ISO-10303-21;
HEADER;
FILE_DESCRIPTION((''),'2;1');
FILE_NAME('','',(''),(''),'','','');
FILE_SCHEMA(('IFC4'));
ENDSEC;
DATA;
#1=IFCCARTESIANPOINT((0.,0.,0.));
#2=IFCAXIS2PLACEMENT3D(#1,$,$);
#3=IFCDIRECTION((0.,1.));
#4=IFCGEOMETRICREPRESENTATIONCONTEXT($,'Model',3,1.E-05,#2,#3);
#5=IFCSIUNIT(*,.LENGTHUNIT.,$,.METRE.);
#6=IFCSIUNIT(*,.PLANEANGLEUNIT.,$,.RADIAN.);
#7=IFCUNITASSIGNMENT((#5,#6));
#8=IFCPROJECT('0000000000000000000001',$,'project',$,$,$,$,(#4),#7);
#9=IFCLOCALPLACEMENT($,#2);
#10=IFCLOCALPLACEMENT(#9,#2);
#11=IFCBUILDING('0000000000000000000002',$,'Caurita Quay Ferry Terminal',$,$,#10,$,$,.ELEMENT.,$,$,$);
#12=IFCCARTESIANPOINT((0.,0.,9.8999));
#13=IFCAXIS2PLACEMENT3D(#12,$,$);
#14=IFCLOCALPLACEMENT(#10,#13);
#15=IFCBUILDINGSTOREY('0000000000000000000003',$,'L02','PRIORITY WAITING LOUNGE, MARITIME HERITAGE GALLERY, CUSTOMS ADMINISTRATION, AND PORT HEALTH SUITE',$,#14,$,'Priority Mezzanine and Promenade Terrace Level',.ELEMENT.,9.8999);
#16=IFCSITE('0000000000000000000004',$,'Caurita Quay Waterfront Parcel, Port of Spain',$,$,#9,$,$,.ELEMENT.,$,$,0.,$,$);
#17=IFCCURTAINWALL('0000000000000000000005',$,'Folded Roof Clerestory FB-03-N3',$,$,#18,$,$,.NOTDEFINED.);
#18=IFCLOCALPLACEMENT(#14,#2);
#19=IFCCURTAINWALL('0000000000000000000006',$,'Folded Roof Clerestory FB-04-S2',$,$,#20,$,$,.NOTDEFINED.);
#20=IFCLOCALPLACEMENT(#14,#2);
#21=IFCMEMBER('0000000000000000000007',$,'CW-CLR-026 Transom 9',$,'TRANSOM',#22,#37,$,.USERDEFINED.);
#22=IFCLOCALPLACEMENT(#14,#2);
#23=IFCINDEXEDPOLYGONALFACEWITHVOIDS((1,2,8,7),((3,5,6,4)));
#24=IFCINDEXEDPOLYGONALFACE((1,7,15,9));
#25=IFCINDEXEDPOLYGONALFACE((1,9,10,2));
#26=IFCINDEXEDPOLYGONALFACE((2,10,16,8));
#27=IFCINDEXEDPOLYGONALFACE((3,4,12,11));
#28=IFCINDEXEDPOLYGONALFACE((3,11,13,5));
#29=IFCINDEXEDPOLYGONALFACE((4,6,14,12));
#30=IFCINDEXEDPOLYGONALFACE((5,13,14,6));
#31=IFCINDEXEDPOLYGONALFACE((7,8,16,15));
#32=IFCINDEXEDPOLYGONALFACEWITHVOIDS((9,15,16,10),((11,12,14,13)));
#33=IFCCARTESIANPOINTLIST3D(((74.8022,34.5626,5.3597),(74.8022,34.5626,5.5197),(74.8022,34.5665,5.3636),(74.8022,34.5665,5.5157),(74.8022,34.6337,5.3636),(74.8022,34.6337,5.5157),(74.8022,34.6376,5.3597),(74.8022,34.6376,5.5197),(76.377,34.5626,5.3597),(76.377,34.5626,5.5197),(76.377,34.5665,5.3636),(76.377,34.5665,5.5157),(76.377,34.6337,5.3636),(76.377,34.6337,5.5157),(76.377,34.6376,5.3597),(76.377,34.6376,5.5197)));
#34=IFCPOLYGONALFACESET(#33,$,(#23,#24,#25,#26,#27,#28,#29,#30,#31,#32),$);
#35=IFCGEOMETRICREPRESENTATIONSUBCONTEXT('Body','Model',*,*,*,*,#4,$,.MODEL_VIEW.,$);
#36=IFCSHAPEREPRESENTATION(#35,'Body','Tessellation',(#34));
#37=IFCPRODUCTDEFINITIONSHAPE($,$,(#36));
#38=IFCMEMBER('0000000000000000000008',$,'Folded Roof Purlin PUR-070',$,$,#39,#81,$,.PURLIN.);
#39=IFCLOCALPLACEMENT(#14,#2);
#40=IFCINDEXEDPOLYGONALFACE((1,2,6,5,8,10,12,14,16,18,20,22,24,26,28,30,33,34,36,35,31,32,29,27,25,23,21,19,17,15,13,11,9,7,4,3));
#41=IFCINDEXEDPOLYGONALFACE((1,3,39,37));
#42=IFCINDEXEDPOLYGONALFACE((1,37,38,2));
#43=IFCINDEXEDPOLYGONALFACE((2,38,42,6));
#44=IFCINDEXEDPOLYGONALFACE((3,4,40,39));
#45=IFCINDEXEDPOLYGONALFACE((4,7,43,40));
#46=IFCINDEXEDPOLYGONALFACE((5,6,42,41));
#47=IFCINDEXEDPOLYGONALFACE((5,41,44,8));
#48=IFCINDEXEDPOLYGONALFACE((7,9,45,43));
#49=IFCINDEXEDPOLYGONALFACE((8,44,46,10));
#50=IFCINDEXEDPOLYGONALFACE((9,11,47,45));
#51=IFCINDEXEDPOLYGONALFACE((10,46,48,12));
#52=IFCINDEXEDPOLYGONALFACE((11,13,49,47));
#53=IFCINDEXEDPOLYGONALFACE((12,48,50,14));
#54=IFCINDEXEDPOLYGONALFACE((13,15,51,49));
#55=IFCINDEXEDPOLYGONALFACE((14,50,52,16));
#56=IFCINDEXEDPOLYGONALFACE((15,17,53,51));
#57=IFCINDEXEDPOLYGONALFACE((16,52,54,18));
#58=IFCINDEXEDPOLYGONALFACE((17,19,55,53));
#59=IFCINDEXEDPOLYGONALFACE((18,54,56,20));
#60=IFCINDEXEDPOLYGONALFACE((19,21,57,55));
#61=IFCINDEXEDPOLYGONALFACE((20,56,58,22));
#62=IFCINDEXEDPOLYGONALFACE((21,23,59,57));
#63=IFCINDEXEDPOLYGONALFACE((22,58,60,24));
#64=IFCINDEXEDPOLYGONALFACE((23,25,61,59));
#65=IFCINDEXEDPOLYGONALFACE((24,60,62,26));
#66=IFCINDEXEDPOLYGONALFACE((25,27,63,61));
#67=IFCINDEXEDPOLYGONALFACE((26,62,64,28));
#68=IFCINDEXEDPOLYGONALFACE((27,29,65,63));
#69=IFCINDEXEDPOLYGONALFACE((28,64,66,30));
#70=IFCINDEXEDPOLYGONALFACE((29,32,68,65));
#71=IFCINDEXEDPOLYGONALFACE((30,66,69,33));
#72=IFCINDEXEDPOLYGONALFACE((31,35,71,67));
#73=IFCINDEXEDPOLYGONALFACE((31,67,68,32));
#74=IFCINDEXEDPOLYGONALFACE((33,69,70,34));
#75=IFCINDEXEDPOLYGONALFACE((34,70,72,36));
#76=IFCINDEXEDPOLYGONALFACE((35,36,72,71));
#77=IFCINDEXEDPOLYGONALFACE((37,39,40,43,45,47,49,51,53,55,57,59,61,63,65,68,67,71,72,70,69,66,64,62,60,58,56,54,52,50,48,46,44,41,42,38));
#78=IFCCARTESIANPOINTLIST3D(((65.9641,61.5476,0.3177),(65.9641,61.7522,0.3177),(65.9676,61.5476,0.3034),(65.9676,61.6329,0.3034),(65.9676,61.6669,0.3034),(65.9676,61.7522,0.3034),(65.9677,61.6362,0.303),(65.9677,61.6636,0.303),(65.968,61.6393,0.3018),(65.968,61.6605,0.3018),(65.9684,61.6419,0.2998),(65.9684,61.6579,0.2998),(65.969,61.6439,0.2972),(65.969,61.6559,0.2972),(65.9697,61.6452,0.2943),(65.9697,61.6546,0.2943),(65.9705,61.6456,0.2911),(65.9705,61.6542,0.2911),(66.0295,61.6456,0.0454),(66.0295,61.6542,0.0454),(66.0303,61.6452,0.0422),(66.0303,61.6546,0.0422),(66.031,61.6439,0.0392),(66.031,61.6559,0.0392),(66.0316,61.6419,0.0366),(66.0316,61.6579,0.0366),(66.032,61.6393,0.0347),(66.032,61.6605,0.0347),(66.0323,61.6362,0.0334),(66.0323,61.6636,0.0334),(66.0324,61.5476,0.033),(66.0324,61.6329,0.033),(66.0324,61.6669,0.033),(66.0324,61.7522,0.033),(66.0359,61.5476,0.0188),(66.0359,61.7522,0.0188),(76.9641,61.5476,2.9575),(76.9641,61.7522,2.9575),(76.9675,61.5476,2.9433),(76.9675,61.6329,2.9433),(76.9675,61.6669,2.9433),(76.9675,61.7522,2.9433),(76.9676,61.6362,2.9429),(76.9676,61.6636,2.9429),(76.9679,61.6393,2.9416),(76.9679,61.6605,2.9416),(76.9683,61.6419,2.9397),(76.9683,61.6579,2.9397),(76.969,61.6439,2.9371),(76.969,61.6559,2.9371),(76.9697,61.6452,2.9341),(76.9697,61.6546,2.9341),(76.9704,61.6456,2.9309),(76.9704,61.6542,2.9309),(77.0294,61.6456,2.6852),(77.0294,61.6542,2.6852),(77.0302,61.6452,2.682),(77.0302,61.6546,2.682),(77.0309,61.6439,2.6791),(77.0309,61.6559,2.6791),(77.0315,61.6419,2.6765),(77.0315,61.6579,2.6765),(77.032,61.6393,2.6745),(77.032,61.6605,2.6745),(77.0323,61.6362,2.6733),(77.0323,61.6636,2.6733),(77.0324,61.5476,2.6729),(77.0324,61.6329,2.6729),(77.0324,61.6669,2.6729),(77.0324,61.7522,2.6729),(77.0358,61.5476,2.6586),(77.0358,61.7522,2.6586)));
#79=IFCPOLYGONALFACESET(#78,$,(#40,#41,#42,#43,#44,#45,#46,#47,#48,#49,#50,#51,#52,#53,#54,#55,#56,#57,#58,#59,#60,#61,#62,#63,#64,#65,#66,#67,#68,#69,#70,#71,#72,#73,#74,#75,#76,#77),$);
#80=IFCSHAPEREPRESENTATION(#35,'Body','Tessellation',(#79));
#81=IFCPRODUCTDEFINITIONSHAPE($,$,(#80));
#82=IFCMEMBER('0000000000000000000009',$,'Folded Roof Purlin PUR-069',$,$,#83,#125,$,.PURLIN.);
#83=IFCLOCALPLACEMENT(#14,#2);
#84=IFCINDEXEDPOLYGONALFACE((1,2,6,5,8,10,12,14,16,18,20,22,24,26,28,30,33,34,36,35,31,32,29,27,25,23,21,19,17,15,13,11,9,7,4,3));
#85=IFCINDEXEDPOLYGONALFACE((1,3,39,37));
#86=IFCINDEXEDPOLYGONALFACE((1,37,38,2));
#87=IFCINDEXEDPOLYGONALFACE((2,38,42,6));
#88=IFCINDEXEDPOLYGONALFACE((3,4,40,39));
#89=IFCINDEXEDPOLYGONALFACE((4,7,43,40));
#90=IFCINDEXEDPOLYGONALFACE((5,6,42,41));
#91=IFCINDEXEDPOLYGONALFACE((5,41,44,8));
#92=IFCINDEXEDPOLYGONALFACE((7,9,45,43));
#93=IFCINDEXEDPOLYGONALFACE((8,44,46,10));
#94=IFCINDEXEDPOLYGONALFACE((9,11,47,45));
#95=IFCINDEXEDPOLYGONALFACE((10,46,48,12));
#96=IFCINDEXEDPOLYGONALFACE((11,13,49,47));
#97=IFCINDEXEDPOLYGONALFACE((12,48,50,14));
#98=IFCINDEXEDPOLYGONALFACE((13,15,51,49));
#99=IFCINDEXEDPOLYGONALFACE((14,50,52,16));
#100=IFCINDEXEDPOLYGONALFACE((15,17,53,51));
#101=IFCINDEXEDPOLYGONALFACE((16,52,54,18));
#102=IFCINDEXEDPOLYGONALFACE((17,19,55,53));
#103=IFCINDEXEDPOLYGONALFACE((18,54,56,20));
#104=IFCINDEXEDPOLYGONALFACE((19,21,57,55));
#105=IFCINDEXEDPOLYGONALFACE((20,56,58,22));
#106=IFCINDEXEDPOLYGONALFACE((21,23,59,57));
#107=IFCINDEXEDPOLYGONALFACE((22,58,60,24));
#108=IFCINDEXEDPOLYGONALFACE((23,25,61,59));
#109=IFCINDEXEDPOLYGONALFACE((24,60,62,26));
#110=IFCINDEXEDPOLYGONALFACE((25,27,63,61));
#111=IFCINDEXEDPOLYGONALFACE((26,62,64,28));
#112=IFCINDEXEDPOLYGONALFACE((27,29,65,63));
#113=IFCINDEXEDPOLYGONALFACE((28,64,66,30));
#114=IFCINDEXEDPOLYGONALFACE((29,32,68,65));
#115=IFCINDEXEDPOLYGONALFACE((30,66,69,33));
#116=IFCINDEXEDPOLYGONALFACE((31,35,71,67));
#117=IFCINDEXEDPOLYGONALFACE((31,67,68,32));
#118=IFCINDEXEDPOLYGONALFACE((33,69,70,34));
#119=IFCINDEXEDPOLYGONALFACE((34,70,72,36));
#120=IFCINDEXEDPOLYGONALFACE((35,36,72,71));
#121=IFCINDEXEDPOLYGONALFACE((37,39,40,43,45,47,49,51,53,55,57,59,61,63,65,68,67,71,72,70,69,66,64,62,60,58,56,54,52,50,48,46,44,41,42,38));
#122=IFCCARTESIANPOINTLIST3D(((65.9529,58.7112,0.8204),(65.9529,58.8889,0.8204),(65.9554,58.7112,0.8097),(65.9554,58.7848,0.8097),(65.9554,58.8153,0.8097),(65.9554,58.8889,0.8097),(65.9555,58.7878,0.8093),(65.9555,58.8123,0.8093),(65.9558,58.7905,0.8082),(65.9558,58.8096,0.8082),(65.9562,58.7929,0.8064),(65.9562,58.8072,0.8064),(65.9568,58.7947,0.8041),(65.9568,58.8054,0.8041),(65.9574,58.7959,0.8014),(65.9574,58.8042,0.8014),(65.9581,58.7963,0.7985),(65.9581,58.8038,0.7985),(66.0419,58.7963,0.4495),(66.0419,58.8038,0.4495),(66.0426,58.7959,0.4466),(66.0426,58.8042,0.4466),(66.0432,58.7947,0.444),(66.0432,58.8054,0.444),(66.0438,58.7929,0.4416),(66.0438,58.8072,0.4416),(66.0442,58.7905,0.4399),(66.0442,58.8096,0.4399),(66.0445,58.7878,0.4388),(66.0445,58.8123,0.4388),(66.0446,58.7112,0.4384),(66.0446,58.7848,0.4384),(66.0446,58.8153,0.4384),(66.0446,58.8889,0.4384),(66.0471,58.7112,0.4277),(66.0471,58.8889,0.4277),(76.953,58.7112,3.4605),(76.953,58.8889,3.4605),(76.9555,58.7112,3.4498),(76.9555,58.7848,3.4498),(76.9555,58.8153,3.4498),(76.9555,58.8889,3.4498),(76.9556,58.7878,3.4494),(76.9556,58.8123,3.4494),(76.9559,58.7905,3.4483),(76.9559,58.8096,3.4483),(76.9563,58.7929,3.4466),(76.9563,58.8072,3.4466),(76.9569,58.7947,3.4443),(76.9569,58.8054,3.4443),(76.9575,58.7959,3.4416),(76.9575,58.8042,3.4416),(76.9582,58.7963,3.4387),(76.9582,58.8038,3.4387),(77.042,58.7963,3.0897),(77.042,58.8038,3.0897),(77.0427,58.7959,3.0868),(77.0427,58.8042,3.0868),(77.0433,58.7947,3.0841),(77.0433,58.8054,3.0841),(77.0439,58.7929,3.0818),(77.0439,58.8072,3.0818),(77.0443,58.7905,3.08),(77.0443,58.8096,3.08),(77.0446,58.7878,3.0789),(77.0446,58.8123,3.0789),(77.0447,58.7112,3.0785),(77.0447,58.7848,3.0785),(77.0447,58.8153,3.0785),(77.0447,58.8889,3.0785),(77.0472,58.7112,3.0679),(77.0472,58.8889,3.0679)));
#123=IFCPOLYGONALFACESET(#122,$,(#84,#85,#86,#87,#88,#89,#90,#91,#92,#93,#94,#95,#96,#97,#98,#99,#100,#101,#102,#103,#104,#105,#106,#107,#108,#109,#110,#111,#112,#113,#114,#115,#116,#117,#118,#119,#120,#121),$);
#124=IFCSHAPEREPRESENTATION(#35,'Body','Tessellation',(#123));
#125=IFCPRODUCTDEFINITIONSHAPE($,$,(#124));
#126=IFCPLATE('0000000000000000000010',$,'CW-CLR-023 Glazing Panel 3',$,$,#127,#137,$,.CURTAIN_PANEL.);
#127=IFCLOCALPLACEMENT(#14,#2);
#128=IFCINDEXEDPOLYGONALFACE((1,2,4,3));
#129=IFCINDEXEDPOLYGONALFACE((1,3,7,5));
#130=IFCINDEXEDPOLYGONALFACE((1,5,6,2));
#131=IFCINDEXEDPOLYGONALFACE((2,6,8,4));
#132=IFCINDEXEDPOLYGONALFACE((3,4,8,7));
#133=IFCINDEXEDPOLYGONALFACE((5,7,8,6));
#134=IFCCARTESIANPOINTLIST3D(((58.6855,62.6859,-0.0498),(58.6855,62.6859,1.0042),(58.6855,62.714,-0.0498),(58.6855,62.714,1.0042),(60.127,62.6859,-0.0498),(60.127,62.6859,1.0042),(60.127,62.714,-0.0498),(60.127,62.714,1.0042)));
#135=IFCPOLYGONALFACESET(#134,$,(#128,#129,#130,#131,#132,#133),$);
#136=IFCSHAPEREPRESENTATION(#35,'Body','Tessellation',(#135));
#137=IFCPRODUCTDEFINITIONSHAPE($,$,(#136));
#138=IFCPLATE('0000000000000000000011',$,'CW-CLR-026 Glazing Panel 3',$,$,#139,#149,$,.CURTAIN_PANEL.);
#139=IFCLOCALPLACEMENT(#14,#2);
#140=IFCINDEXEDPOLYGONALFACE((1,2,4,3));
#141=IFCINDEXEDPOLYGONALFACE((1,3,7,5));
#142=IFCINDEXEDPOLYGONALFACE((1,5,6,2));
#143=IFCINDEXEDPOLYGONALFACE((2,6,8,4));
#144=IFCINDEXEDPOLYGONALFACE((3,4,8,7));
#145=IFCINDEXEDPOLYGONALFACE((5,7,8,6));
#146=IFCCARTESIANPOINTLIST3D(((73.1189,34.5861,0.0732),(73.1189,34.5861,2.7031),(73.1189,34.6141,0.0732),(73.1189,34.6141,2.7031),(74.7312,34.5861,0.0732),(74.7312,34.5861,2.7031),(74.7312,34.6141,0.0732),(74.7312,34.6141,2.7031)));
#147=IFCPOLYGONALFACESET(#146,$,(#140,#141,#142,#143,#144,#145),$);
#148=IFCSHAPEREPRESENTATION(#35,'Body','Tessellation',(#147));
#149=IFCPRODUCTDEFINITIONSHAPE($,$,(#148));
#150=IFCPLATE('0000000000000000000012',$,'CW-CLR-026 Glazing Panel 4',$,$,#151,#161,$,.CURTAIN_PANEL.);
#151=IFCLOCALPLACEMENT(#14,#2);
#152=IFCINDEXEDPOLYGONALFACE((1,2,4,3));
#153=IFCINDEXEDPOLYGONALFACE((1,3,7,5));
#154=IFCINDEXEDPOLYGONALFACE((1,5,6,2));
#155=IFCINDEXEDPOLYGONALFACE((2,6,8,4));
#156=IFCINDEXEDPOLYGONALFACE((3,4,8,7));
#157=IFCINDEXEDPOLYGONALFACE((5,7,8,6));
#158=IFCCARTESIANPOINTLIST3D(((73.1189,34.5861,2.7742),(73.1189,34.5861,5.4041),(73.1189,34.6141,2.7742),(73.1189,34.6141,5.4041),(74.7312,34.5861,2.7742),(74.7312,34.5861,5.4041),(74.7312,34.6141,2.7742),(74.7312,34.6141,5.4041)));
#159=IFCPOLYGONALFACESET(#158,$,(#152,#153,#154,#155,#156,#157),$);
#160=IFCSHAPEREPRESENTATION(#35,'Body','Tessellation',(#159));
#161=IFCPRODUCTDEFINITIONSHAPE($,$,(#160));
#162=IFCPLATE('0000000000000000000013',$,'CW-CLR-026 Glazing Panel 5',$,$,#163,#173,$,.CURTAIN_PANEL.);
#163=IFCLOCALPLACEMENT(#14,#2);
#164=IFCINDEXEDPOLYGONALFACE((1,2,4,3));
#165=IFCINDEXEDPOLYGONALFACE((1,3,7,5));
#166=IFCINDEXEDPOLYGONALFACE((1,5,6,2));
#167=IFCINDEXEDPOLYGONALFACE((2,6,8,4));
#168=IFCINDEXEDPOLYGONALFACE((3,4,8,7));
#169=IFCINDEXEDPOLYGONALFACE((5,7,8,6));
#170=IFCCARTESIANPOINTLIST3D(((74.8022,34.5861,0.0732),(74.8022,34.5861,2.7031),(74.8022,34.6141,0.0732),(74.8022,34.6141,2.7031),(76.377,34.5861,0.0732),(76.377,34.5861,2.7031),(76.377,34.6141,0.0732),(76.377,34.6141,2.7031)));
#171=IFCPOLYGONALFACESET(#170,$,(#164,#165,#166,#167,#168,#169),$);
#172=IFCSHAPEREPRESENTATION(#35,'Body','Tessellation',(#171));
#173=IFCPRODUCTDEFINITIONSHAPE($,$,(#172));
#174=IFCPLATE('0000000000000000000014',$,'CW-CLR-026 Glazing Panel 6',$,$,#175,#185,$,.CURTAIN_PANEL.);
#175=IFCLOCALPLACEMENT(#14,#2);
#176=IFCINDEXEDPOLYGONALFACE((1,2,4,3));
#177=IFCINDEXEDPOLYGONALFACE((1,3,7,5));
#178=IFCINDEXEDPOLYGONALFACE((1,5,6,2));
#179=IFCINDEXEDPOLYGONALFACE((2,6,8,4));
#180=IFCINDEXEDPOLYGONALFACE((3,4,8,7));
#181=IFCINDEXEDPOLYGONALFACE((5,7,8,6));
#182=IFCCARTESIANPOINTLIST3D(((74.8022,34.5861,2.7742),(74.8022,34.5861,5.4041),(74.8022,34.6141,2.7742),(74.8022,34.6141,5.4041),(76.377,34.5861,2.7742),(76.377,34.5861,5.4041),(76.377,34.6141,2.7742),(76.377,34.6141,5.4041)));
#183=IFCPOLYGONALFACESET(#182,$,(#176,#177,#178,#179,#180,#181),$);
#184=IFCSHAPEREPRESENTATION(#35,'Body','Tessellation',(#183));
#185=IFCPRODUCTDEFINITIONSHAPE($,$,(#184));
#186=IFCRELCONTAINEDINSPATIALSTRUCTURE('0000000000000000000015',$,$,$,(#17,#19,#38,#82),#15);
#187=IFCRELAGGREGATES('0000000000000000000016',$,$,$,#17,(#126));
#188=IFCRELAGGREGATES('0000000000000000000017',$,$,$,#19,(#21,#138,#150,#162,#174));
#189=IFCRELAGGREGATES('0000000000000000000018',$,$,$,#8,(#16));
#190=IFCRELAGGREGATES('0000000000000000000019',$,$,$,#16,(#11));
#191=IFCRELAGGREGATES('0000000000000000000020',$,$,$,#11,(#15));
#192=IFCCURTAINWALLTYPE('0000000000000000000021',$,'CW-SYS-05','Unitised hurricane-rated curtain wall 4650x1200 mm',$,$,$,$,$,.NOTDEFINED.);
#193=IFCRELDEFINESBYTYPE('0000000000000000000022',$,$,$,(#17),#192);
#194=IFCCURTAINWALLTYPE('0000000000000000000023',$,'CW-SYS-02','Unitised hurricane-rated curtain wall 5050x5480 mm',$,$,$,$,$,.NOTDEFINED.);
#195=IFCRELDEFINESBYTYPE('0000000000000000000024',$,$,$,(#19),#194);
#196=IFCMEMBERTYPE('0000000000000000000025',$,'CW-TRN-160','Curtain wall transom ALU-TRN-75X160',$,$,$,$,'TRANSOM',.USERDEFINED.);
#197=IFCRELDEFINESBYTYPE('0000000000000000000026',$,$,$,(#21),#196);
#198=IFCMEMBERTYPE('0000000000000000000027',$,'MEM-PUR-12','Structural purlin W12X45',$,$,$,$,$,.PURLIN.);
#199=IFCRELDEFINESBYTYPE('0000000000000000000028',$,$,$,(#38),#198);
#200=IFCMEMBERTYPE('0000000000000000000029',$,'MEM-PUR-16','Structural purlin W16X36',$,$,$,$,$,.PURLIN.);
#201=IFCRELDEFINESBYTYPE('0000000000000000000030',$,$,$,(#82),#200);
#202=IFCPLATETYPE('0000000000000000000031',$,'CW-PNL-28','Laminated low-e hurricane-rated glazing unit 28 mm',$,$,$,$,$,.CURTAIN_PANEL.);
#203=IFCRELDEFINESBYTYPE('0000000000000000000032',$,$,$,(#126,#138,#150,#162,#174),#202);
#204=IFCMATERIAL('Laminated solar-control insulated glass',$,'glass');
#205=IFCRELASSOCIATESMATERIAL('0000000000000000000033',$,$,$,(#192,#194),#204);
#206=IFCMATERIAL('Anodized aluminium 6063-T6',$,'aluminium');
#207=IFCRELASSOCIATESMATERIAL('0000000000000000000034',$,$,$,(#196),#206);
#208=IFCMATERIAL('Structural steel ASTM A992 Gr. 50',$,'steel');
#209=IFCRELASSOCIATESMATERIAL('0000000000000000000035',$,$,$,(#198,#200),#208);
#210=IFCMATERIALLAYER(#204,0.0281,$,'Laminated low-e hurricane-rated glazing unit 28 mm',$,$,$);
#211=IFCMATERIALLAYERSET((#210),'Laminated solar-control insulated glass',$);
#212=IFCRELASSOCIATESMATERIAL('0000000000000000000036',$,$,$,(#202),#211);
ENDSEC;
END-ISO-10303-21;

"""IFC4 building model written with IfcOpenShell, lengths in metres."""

from ifc_helpers import new_model, si_unit, direction, frame, origin, origin_2d, place, context, subcontext, project, spatial, rectangle, hollow_rectangle, i_section, extrude, material, layer, layer_set, material_profile, profile_set, type_object, element, aggregate, save


model = new_model("IFC4")

# Units and contexts
model_context = context("Model", 3, precision=1e-05, world=origin(), true_north=direction((0.0, 1.0)))
body_context = subcontext(model_context, "Body", "Model", "MODEL_VIEW")
ifc_project = project(units=[si_unit("LENGTHUNIT", "METRE"), si_unit("PLANEANGLEUNIT", "RADIAN")], contexts=[model_context])

# Site, building, storey
site_placement = place(None, origin())
site = spatial("IfcSite", under=ifc_project, at=site_placement, Name="Caurita Quay Waterfront Parcel, Port of Spain", CompositionType="ELEMENT", RefElevation=0.0)
building_placement = place(site_placement, origin())
building = spatial("IfcBuilding", under=site, at=building_placement, Name="Caurita Quay Ferry Terminal", CompositionType="ELEMENT")
storey_placement = place(building_placement, frame((0.0, 0.0, 9.8999)))
storey = spatial("IfcBuildingStorey", under=building, at=storey_placement, Name="L02", Description="PRIORITY WAITING LOUNGE, MARITIME HERITAGE GALLERY, CUSTOMS ADMINISTRATION, AND PORT HEALTH SUITE", LongName="Priority Mezzanine and Promenade Terrace Level", CompositionType="ELEMENT", Elevation=9.8999)

# Curtain wall
ifc_material_1 = material(Name="Laminated solar-control insulated glass", Category="glass")
curtain_wall_type_1 = type_object("IfcCurtainWallType", Name="CW-SYS-05", Description="Unitised hurricane-rated curtain wall 4650x1200 mm", PredefinedType="NOTDEFINED", material=ifc_material_1)
curtain_wall_1_placement = place(storey_placement, origin())
curtain_wall_1 = element("IfcCurtainWall", 1, at=curtain_wall_1_placement, inside=storey, type_object=curtain_wall_type_1, Name="Folded Roof Clerestory FB-03-N3", PredefinedType="NOTDEFINED")
ifc_material_2 = material(Name="Anodized aluminium 6063-T6", Category="aluminium")

# Curtain wall
curtain_wall_type_2 = type_object("IfcCurtainWallType", Name="CW-SYS-02", Description="Unitised hurricane-rated curtain wall 5050x5480 mm", PredefinedType="NOTDEFINED", material=ifc_material_1)
curtain_wall_2_placement = place(storey_placement, origin())
curtain_wall_2 = element("IfcCurtainWall", 2, at=curtain_wall_2_placement, inside=storey, type_object=curtain_wall_type_2, Name="Folded Roof Clerestory FB-04-S2", PredefinedType="NOTDEFINED")

# Member
ifc_material_profile_1 = material_profile(ifc_material_2, hollow_rectangle(XDim=0.075, YDim=0.1599, WallThickness=0.0039, at=origin_2d()), Name="ALU-TRN-75X160")
ifc_profile_set_1 = profile_set([ifc_material_profile_1], Name="Anodized aluminium 6063-T6")
member_type_1 = type_object("IfcMemberType", Name="CW-TRN-160", Description="Curtain wall transom ALU-TRN-75X160", ElementType="TRANSOM", PredefinedType="USERDEFINED", material=ifc_profile_set_1)
member_1_placement = place(storey_placement, frame((74.8022, 34.6001, 5.4397), z_axis=(1.0, 0.0, 0.0), x_axis=(0.0, 1.0, 0.0)))
member_1 = element("IfcMember", 3, at=member_1_placement, type_object=member_type_1, Name="CW-CLR-026 Transom 9", ObjectType="TRANSOM", PredefinedType="USERDEFINED", context=body_context, shape_type="SweptSolid", body=[
    extrude(hollow_rectangle(XDim=0.075, YDim=0.1599, WallThickness=0.0039, at=origin_2d()), origin(), (0.0, 0.0, 1.0), 1.5747),
])

# Members
ifc_material_3 = material(Name="Structural steel ASTM A992 Gr. 50", Category="steel")
ifc_material_profile_2 = material_profile(ifc_material_3, i_section(OverallWidth=0.2046, OverallDepth=0.3074, WebThickness=0.0085, FlangeThickness=0.0146, FilletRadius=0.0127, at=origin_2d()), Name="W12X45")
ifc_profile_set_2 = profile_set([ifc_material_profile_2], Name="Structural steel ASTM A992 Gr. 50")
member_type_2 = type_object("IfcMemberType", Name="MEM-PUR-12", Description="Structural purlin W12X45", PredefinedType="PURLIN", material=ifc_profile_set_2)
member_2_placement = place(storey_placement, frame((66.0, 61.6499, 0.1682), z_axis=(0.972389, 0.0, 0.233364), x_axis=(0.0, 1.0, 0.0)))
element("IfcMember", 4, at=member_2_placement, inside=storey, type_object=member_type_2, Name="Folded Roof Purlin PUR-070", PredefinedType="PURLIN", context=body_context, shape_type="SweptSolid", body=[
    extrude(i_section(OverallWidth=0.2046, OverallDepth=0.3074, WebThickness=0.0085, FlangeThickness=0.0146, FilletRadius=0.0127, at=origin_2d()), origin(), (0.0, 0.0, 1.0), 11.3123),
])
ifc_material_profile_3 = material_profile(ifc_material_3, i_section(OverallWidth=0.1777, OverallDepth=0.4038, WebThickness=0.0076, FlangeThickness=0.011, FilletRadius=0.0115, at=origin_2d()), Name="W16X36")
ifc_profile_set_3 = profile_set([ifc_material_profile_3], Name="Structural steel ASTM A992 Gr. 50")
member_type_3 = type_object("IfcMemberType", Name="MEM-PUR-16", Description="Structural purlin W16X36", PredefinedType="PURLIN", material=ifc_profile_set_3)
member_3_placement = place(storey_placement, frame((66.0, 58.8, 0.624), z_axis=(0.972385, 0.0, 0.233384), x_axis=(0.0, 1.0, 0.0)))
element("IfcMember", 5, at=member_3_placement, inside=storey, type_object=member_type_3, Name="Folded Roof Purlin PUR-069", PredefinedType="PURLIN", context=body_context, shape_type="SweptSolid", body=[
    extrude(i_section(OverallWidth=0.1777, OverallDepth=0.4038, WebThickness=0.0076, FlangeThickness=0.011, FilletRadius=0.0115, at=origin_2d()), origin(), (0.0, 0.0, 1.0), 11.3125),
])

# Plates
ifc_layer_1 = layer(ifc_material_1, 0.0281, Name="Laminated low-e hurricane-rated glazing unit 28 mm")
ifc_layer_set_1 = layer_set([ifc_layer_1], Name="Laminated solar-control insulated glass")
plate_type = type_object("IfcPlateType", Name="CW-PNL-28", Description="Laminated low-e hurricane-rated glazing unit 28 mm", PredefinedType="CURTAIN_PANEL", material=ifc_layer_set_1)
plate_1_placement = place(storey_placement, frame((59.4062, 62.7, -0.0498), z_axis=(0.0, 0.0, 1.0), x_axis=(1.0, 0.0, 0.0)))
plate_1 = element("IfcPlate", 6, at=plate_1_placement, type_object=plate_type, Name="CW-CLR-023 Glazing Panel 3", PredefinedType="CURTAIN_PANEL", context=body_context, shape_type="SweptSolid", body=[
    extrude(rectangle(XDim=1.4414, YDim=0.0281, at=origin_2d()), origin(), (0.0, 0.0, 1.0), 1.054),
])
aggregate(curtain_wall_1, [plate_1])
plate_2_placement = place(storey_placement, frame((73.925, 34.6001, 0.0732), z_axis=(0.0, 0.0, 1.0), x_axis=(1.0, 0.0, 0.0)))
plate_2 = element("IfcPlate", 7, at=plate_2_placement, type_object=plate_type, Name="CW-CLR-026 Glazing Panel 3", PredefinedType="CURTAIN_PANEL", context=body_context, shape_type="SweptSolid", body=[
    extrude(rectangle(XDim=1.6123, YDim=0.0281, at=origin_2d()), origin(), (0.0, 0.0, 1.0), 2.6299),
])
plate_3_placement = place(storey_placement, frame((73.925, 34.6001, 2.7742), z_axis=(0.0, 0.0, 1.0), x_axis=(1.0, 0.0, 0.0)))
plate_3 = element("IfcPlate", 8, at=plate_3_placement, type_object=plate_type, Name="CW-CLR-026 Glazing Panel 4", PredefinedType="CURTAIN_PANEL", context=body_context, shape_type="SweptSolid", body=[
    extrude(rectangle(XDim=1.6123, YDim=0.0281, at=origin_2d()), origin(), (0.0, 0.0, 1.0), 2.6299),
])
plate_4_placement = place(storey_placement, frame((75.5896, 34.6001, 0.0732), z_axis=(0.0, 0.0, 1.0), x_axis=(1.0, 0.0, 0.0)))
plate_4 = element("IfcPlate", 9, at=plate_4_placement, type_object=plate_type, Name="CW-CLR-026 Glazing Panel 5", PredefinedType="CURTAIN_PANEL", context=body_context, shape_type="SweptSolid", body=[
    extrude(rectangle(XDim=1.5747, YDim=0.0281, at=origin_2d()), origin(), (0.0, 0.0, 1.0), 2.6299),
])
plate_5_placement = place(storey_placement, frame((75.5896, 34.6001, 2.7742), z_axis=(0.0, 0.0, 1.0), x_axis=(1.0, 0.0, 0.0)))
plate_5 = element("IfcPlate", 10, at=plate_5_placement, type_object=plate_type, Name="CW-CLR-026 Glazing Panel 6", PredefinedType="CURTAIN_PANEL", context=body_context, shape_type="SweptSolid", body=[
    extrude(rectangle(XDim=1.5747, YDim=0.0281, at=origin_2d()), origin(), (0.0, 0.0, 1.0), 2.6299),
])
aggregate(curtain_wall_2, [member_1, plate_2, plate_3, plate_4, plate_5])

save(model, "model.ifc")
